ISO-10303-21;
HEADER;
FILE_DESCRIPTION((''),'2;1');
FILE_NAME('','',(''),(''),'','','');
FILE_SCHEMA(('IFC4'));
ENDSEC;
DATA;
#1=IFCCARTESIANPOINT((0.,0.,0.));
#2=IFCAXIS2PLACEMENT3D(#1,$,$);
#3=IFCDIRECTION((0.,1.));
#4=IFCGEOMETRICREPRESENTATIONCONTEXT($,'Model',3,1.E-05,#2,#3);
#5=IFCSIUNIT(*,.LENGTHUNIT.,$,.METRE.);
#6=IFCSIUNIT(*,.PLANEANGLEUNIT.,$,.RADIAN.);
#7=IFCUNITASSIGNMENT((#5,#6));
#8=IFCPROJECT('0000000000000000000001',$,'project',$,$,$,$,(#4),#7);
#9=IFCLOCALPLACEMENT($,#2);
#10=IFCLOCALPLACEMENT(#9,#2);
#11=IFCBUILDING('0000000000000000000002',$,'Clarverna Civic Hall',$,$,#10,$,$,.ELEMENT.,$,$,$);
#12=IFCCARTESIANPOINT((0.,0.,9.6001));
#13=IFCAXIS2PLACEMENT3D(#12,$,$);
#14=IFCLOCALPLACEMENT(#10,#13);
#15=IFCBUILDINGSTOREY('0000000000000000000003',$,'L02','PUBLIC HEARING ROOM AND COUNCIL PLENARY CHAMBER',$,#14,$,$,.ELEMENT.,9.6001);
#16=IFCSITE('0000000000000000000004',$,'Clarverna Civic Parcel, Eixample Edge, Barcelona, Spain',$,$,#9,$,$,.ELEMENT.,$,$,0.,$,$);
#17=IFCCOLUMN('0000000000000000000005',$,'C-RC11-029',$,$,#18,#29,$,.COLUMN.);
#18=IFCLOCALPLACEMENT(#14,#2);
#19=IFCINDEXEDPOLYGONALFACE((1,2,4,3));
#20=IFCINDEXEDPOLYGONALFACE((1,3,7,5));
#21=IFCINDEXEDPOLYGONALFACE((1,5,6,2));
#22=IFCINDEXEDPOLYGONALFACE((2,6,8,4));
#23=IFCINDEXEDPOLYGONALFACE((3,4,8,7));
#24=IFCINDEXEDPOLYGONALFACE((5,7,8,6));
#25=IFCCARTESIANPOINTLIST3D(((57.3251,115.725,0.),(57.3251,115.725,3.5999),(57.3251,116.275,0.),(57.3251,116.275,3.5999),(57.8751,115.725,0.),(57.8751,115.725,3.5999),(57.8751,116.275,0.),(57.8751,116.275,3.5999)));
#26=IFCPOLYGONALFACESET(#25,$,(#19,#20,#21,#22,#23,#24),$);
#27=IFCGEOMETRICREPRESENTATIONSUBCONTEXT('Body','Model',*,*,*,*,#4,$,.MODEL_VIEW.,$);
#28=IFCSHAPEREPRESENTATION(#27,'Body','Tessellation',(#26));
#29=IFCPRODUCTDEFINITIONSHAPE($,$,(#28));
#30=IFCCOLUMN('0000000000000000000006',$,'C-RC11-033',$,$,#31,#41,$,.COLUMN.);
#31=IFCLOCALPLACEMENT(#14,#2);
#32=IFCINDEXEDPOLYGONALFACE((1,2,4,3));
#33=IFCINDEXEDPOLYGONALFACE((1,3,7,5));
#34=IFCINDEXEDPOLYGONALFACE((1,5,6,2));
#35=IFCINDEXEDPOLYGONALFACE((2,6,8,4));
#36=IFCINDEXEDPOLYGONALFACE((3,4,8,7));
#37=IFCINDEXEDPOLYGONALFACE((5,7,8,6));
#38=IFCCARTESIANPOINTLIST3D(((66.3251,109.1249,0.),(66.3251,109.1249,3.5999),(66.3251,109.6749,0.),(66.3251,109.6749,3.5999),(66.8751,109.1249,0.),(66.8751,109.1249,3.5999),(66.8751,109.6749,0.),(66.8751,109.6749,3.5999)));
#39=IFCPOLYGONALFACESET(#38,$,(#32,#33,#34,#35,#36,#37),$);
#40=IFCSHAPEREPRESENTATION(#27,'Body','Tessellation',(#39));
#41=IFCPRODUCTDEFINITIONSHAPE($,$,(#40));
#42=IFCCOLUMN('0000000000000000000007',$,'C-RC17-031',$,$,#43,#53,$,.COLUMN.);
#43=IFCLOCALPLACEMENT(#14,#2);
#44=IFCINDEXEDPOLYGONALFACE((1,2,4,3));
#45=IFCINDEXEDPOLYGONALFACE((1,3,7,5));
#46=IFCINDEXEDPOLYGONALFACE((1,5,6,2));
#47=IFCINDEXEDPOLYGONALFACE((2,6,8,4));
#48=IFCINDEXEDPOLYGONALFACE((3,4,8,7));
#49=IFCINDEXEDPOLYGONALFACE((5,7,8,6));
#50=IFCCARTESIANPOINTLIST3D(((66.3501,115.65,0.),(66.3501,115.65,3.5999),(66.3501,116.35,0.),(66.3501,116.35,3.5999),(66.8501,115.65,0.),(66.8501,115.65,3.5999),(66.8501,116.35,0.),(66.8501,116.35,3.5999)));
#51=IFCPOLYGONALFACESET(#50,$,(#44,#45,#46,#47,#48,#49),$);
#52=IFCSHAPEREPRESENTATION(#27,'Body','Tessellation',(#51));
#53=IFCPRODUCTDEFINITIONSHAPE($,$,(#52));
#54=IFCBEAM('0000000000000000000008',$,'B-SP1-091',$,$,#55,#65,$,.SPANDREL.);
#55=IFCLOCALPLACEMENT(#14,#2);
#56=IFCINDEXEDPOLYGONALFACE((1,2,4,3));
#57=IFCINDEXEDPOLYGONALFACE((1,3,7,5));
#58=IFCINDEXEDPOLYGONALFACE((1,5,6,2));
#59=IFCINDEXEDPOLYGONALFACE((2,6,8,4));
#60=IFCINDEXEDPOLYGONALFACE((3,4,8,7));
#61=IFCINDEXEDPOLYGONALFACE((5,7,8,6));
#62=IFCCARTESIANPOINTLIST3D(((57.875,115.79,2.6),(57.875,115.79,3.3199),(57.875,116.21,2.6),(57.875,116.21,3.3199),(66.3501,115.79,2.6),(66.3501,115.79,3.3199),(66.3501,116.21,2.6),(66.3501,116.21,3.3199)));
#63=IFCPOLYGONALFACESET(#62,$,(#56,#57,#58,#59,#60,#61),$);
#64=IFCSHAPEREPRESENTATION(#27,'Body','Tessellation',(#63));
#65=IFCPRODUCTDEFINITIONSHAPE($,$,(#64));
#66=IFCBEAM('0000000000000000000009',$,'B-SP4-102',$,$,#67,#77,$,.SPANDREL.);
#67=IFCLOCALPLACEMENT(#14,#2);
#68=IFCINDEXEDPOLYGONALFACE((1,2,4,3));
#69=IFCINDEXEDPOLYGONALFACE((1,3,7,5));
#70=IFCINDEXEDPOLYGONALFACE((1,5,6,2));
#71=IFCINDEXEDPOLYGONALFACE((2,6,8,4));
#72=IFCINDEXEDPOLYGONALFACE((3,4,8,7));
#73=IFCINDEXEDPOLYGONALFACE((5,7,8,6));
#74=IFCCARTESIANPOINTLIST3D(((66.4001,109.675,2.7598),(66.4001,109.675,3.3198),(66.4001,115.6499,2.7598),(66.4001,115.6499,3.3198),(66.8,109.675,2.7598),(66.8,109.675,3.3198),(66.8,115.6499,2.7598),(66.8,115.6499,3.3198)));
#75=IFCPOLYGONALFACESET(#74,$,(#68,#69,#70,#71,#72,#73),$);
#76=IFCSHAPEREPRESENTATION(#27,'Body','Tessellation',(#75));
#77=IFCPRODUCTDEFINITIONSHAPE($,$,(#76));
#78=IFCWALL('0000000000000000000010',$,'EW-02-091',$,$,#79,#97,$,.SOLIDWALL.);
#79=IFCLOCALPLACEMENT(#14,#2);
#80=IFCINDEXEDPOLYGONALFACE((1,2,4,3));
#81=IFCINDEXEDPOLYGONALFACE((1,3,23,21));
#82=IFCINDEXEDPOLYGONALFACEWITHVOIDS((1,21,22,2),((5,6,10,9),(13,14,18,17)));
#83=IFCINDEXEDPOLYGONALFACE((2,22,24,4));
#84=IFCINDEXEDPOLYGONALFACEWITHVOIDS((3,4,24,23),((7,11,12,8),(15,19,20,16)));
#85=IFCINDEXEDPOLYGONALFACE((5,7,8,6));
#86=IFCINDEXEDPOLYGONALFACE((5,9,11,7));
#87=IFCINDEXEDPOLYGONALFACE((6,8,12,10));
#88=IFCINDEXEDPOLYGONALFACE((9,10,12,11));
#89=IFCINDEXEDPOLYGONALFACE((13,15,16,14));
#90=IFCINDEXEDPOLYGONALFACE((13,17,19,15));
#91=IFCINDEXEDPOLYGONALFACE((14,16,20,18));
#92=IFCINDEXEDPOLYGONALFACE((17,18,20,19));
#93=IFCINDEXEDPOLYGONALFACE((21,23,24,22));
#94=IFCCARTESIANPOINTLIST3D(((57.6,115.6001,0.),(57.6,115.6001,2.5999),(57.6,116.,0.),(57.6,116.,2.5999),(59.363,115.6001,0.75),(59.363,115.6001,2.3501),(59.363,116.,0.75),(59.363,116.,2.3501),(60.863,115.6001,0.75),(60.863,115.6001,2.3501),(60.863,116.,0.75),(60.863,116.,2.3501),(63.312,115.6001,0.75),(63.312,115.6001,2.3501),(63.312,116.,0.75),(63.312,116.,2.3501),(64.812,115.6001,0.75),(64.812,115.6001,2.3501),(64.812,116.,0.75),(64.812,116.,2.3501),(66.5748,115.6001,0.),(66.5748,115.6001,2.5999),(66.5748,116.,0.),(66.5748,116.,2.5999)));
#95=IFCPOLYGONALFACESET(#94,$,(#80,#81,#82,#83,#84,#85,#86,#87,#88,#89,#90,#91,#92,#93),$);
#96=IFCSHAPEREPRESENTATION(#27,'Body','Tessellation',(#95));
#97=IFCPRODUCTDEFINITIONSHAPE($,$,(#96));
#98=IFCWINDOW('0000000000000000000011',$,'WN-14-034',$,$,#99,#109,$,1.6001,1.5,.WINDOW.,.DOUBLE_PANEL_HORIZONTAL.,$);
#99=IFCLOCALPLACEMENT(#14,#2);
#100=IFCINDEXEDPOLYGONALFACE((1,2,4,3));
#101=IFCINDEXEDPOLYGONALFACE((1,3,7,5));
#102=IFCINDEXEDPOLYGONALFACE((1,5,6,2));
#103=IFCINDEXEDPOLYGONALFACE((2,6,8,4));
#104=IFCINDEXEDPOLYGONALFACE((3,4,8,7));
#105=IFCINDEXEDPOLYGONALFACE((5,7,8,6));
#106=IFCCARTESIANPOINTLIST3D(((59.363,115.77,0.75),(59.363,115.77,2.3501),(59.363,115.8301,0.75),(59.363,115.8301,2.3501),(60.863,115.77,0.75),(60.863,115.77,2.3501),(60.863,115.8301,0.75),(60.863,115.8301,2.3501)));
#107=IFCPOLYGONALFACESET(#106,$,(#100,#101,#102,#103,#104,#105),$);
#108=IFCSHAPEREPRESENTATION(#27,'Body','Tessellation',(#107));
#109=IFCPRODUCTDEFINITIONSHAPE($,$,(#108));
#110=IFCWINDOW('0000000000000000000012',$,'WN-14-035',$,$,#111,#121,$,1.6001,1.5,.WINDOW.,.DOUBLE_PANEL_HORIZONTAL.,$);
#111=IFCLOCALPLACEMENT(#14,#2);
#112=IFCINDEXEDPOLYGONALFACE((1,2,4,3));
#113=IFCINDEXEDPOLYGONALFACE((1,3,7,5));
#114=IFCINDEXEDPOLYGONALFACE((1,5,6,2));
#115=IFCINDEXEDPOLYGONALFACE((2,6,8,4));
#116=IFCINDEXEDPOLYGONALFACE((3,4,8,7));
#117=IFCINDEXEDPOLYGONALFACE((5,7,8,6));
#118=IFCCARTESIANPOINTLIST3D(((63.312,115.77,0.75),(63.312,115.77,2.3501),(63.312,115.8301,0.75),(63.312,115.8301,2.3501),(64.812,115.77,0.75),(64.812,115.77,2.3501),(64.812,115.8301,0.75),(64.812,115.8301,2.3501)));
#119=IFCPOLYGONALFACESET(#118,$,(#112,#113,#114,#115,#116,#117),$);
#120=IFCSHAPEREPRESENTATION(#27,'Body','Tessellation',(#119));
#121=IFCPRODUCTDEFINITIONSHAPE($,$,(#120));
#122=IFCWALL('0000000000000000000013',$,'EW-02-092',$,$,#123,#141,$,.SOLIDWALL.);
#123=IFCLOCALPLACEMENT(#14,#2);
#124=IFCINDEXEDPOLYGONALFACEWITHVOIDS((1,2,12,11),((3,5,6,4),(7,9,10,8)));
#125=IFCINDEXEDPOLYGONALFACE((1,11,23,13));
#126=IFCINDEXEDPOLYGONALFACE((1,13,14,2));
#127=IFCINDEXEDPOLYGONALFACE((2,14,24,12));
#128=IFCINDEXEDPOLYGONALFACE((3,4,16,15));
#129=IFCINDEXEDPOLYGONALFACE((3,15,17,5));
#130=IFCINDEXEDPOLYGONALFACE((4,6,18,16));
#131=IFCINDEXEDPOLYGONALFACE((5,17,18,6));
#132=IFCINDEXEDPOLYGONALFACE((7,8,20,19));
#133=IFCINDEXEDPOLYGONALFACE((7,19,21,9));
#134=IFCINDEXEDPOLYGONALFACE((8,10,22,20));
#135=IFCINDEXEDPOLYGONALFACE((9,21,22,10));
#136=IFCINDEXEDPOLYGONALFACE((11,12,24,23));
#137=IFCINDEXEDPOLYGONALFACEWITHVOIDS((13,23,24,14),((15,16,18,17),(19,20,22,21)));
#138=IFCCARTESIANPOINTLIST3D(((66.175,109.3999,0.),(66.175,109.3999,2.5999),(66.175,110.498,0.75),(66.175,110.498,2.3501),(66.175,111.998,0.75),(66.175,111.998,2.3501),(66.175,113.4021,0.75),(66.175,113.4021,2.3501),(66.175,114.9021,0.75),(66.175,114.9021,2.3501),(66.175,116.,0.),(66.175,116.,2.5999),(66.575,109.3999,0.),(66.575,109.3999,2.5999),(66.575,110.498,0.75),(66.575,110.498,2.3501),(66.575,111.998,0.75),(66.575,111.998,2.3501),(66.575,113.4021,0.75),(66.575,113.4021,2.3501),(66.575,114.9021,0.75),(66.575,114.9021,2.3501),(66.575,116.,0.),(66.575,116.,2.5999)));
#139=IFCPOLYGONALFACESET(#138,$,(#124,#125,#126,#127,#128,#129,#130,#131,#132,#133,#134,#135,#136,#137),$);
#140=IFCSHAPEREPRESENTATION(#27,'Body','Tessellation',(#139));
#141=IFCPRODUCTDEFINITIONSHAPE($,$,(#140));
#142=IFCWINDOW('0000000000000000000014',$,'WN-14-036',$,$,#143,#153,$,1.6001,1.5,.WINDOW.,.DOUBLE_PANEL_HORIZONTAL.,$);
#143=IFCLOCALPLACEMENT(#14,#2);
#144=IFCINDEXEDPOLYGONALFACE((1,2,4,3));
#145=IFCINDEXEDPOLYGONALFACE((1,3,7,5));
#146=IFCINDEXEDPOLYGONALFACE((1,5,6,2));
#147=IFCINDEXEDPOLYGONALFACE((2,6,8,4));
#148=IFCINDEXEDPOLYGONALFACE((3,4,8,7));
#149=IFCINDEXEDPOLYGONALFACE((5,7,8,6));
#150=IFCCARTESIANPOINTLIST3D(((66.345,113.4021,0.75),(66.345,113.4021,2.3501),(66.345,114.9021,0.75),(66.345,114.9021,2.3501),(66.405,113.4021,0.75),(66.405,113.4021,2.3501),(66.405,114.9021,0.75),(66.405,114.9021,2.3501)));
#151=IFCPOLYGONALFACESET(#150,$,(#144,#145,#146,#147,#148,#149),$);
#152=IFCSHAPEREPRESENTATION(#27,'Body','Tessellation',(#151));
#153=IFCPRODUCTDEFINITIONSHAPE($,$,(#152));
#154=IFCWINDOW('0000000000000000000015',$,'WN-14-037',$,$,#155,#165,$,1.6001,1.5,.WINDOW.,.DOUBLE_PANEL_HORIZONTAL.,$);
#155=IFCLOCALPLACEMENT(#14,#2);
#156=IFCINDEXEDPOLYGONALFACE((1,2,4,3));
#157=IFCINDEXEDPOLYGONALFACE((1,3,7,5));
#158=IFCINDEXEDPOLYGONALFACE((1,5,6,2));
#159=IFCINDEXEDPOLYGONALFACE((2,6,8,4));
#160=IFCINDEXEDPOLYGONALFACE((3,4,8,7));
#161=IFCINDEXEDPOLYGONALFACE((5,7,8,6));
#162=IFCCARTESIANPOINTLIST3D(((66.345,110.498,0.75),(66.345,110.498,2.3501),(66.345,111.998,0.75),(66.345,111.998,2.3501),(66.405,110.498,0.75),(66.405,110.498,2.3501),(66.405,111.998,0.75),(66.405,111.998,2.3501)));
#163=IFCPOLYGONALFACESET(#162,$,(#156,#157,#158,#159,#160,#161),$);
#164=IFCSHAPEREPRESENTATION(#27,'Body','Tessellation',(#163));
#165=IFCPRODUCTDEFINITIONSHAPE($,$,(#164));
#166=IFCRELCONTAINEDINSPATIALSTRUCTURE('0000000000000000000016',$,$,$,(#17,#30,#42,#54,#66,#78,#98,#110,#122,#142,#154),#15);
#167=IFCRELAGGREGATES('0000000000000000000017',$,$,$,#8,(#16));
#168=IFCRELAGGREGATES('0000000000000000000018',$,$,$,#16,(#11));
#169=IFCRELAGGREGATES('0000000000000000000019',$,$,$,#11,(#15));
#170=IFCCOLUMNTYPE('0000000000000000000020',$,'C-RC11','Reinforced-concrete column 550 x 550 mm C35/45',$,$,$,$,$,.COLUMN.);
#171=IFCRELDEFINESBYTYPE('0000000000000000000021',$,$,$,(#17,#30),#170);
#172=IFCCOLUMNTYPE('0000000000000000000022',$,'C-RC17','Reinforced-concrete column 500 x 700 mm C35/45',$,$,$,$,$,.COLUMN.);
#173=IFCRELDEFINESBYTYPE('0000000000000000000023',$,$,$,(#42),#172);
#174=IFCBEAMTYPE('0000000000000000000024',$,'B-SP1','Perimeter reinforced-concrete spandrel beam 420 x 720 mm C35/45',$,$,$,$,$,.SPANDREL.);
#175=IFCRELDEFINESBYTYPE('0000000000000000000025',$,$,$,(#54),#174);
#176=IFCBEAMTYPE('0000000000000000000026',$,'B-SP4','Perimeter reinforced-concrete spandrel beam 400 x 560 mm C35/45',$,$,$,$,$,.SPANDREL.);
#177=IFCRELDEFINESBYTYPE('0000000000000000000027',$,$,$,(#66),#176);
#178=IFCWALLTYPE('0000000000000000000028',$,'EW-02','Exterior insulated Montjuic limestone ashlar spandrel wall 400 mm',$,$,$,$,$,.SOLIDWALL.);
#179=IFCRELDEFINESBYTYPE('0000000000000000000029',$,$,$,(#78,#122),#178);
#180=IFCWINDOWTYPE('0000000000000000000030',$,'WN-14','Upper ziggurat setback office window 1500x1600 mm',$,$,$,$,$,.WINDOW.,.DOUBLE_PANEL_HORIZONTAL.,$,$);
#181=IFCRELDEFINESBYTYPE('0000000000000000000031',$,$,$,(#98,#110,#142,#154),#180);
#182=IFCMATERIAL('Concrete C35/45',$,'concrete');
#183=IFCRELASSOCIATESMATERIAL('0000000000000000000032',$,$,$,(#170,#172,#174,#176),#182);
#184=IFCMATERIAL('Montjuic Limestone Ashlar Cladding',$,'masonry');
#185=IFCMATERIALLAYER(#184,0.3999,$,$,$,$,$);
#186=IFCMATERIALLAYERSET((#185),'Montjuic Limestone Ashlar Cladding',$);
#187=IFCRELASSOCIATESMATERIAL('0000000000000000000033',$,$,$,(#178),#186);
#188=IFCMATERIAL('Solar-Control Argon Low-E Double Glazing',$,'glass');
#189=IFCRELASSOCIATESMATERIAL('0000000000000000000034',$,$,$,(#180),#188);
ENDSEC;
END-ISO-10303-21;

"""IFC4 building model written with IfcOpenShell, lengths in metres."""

from ifc_helpers import new_model, si_unit, direction, frame, frame_2d, origin, origin_2d, place, context, subcontext, project, spatial, rectangle, extrude, material, layer, layer_set, material_profile, profile_set, type_object, element, fill, save


model = new_model("IFC4")

# Units and contexts
model_context = context("Model", 3, precision=1e-05, world=origin(), true_north=direction((0.0, 1.0)))
body_context = subcontext(model_context, "Body", "Model", "MODEL_VIEW")
ifc_project = project(units=[si_unit("LENGTHUNIT", "METRE"), si_unit("PLANEANGLEUNIT", "RADIAN")], contexts=[model_context])

# Site, building, storey
site_placement = place(None, origin())
site = spatial("IfcSite", under=ifc_project, at=site_placement, Name="Clarverna Civic Parcel, Eixample Edge, Barcelona, Spain", CompositionType="ELEMENT", RefElevation=0.0)
building_placement = place(site_placement, origin())
building = spatial("IfcBuilding", under=site, at=building_placement, Name="Clarverna Civic Hall", CompositionType="ELEMENT")
storey_placement = place(building_placement, frame((0.0, 0.0, 9.6001)))
storey = spatial("IfcBuildingStorey", under=building, at=storey_placement, Name="L02", Description="PUBLIC HEARING ROOM AND COUNCIL PLENARY CHAMBER", CompositionType="ELEMENT", Elevation=9.6001)

# Columns
ifc_material_1 = material(Name="Concrete C35/45", Category="concrete")
ifc_material_profile_1 = material_profile(ifc_material_1, rectangle(XDim=0.55, YDim=0.55, at=origin_2d()), Name="RC 550x550")
ifc_profile_set_1 = profile_set([ifc_material_profile_1], Name="Concrete C35/45")
column_type_1 = type_object("IfcColumnType", Name="C-RC11", Description="Reinforced-concrete column 550 x 550 mm C35/45", PredefinedType="COLUMN", material=ifc_profile_set_1)
for number, where, z_axis, x_axis, name in (
    (1, (57.6001, 116.0, 0.0), (0.0, 0.0, 1.0), (1.0, 0.0, 0.0), "C-RC11-029"),
    (2, (66.6001, 109.3999, 0.0), (0.0, 0.0, 1.0), (1.0, 0.0, 0.0), "C-RC11-033"),
):
    element("IfcColumn", number, at=place(storey_placement, frame(where, z_axis=z_axis, x_axis=x_axis)), inside=storey, type_object=column_type_1, Name=name, PredefinedType="COLUMN", context=body_context, shape_type="SweptSolid", body=[
        extrude(rectangle(XDim=0.55, YDim=0.55, at=origin_2d()), origin(), (0.0, 0.0, 1.0), 3.5999),
    ])
ifc_material_profile_2 = material_profile(ifc_material_1, rectangle(XDim=0.5, YDim=0.7, at=origin_2d()), Name="RC 500x700")
ifc_profile_set_2 = profile_set([ifc_material_profile_2], Name="Concrete C35/45")
column_type_2 = type_object("IfcColumnType", Name="C-RC17", Description="Reinforced-concrete column 500 x 700 mm C35/45", PredefinedType="COLUMN", material=ifc_profile_set_2)
column_placement = place(storey_placement, frame((66.6001, 116.0, 0.0), z_axis=(0.0, 0.0, 1.0), x_axis=(1.0, 0.0, 0.0)))
element("IfcColumn", 3, at=column_placement, inside=storey, type_object=column_type_2, Name="C-RC17-031", PredefinedType="COLUMN", context=body_context, shape_type="SweptSolid", body=[
    extrude(rectangle(XDim=0.5, YDim=0.7, at=origin_2d()), origin(), (0.0, 0.0, 1.0), 3.5999),
])

# Beams
ifc_material_profile_3 = material_profile(ifc_material_1, rectangle(XDim=0.4199, YDim=0.72, at=origin_2d()), Name="RC 420x720")
ifc_profile_set_3 = profile_set([ifc_material_profile_3], Name="Concrete C35/45")
beam_type_1 = type_object("IfcBeamType", Name="B-SP1", Description="Perimeter reinforced-concrete spandrel beam 420 x 720 mm C35/45", PredefinedType="SPANDREL", material=ifc_profile_set_3)
beam_1_placement = place(storey_placement, frame((57.875, 116.0, 2.96), z_axis=(1.0, 0.0, 0.0), x_axis=(0.0, 1.0, 0.0)))
element("IfcBeam", 4, at=beam_1_placement, inside=storey, type_object=beam_type_1, Name="B-SP1-091", PredefinedType="SPANDREL", context=body_context, shape_type="SweptSolid", body=[
    extrude(rectangle(XDim=0.4199, YDim=0.72, at=origin_2d()), origin(), (0.0, 0.0, 1.0), 8.4751),
])
ifc_material_profile_4 = material_profile(ifc_material_1, rectangle(XDim=0.3999, YDim=0.5601, at=origin_2d()), Name="RC 400x560")
ifc_profile_set_4 = profile_set([ifc_material_profile_4], Name="Concrete C35/45")
beam_type_2 = type_object("IfcBeamType", Name="B-SP4", Description="Perimeter reinforced-concrete spandrel beam 400 x 560 mm C35/45", PredefinedType="SPANDREL", material=ifc_profile_set_4)
beam_2_placement = place(storey_placement, frame((66.6001, 109.675, 3.0398), z_axis=(0.0, 1.0, 0.0), x_axis=(-1.0, 0.0, 0.0)))
element("IfcBeam", 5, at=beam_2_placement, inside=storey, type_object=beam_type_2, Name="B-SP4-102", PredefinedType="SPANDREL", context=body_context, shape_type="SweptSolid", body=[
    extrude(rectangle(XDim=0.3999, YDim=0.5601, at=origin_2d()), origin(), (0.0, 0.0, 1.0), 5.9749),
])

# Walls, openings, windows
ifc_material_2 = material(Name="Montjuic Limestone Ashlar Cladding", Category="masonry")
ifc_layer_1 = layer(ifc_material_2, 0.3999)
ifc_layer_set_1 = layer_set([ifc_layer_1], Name="Montjuic Limestone Ashlar Cladding")
wall_type_1 = type_object("IfcWallType", Name="EW-02", Description="Exterior insulated Montjuic limestone ashlar spandrel wall 400 mm", PredefinedType="SOLIDWALL", material=ifc_layer_set_1)
wall_1_placement = place(storey_placement, frame((57.6001, 115.8, 0.0), z_axis=(0.0, 0.0, 1.0), x_axis=(1.0, 0.0, 0.0)))
wall_1 = element("IfcWall", 6, at=wall_1_placement, inside=storey, type_object=wall_type_1, Name="EW-02-091", PredefinedType="SOLIDWALL", context=body_context, shape_type="SweptSolid", body=[
    extrude(rectangle(XDim=8.9749, YDim=0.3999, at=frame_2d((4.4873, 0.0))), origin(), (0.0, 0.0, 1.0), 2.5999),
])
opening_1_placement = place(wall_1_placement, frame((1.7629, 0.0, 0.75)))
opening_1 = element("IfcOpeningElement", 7, at=opening_1_placement, cuts=wall_1, PredefinedType="OPENING", context=body_context, shape_type="SweptSolid", body=[
    extrude(rectangle(XDim=1.5, YDim=1.6001, at=frame_2d((0.75, 0.8))), frame((0.0, 0.21, 0.0), z_axis=(0.0, -1.0, 0.0), x_axis=(1.0, 0.0, 0.0)), (0.0, 0.0, 1.0), 0.4199),
])
opening_2_placement = place(wall_1_placement, frame((5.7119, 0.0, 0.75)))
opening_2 = element("IfcOpeningElement", 8, at=opening_2_placement, cuts=wall_1, PredefinedType="OPENING", context=body_context, shape_type="SweptSolid", body=[
    extrude(rectangle(XDim=1.5, YDim=1.6001, at=frame_2d((0.75, 0.8))), frame((0.0, 0.21, 0.0), z_axis=(0.0, -1.0, 0.0), x_axis=(1.0, 0.0, 0.0)), (0.0, 0.0, 1.0), 0.4199),
])
ifc_material_3 = material(Name="Solar-Control Argon Low-E Double Glazing", Category="glass")
window_type = type_object("IfcWindowType", Name="WN-14", Description="Upper ziggurat setback office window 1500x1600 mm", PartitioningType="DOUBLE_PANEL_HORIZONTAL", PredefinedType="WINDOW", material=ifc_material_3)
window_1_placement = place(opening_1_placement, origin())
window_1 = element("IfcWindow", 9, at=window_1_placement, inside=storey, type_object=window_type, Name="WN-14-034", OverallHeight=1.6001, OverallWidth=1.5, PartitioningType="DOUBLE_PANEL_HORIZONTAL", PredefinedType="WINDOW", context=body_context, shape_type="SweptSolid", body=[
    extrude(rectangle(XDim=1.5, YDim=1.6001, at=frame_2d((0.75, 0.8))), frame((0.0, 0.03, 0.0), z_axis=(0.0, -1.0, 0.0), x_axis=(1.0, 0.0, 0.0)), (0.0, 0.0, 1.0), 0.0601),
])
fill(opening_1, window_1)
window_2_placement = place(opening_2_placement, origin())
window_2 = element("IfcWindow", 10, at=window_2_placement, inside=storey, type_object=window_type, Name="WN-14-035", OverallHeight=1.6001, OverallWidth=1.5, PartitioningType="DOUBLE_PANEL_HORIZONTAL", PredefinedType="WINDOW", context=body_context, shape_type="SweptSolid", body=[
    extrude(rectangle(XDim=1.5, YDim=1.6001, at=frame_2d((0.75, 0.8))), frame((0.0, 0.03, 0.0), z_axis=(0.0, -1.0, 0.0), x_axis=(1.0, 0.0, 0.0)), (0.0, 0.0, 1.0), 0.0601),
])
fill(opening_2, window_2)
wall_2_placement = place(storey_placement, frame((66.375, 116.0, 0.0), z_axis=(0.0, 0.0, 1.0), x_axis=(0.0, -1.0, 0.0)))
wall_2 = element("IfcWall", 11, at=wall_2_placement, inside=storey, type_object=wall_type_1, Name="EW-02-092", PredefinedType="SOLIDWALL", context=body_context, shape_type="SweptSolid", body=[
    extrude(rectangle(XDim=6.6001, YDim=0.3999, at=frame_2d((3.3, 0.0))), origin(), (0.0, 0.0, 1.0), 2.5999),
])
opening_3_placement = place(wall_2_placement, frame((1.0979, 0.0, 0.75)))
opening_3 = element("IfcOpeningElement", 12, at=opening_3_placement, cuts=wall_2, PredefinedType="OPENING", context=body_context, shape_type="SweptSolid", body=[
    extrude(rectangle(XDim=1.5, YDim=1.6001, at=frame_2d((0.75, 0.8))), frame((0.0, 0.21, 0.0), z_axis=(0.0, -1.0, 0.0), x_axis=(1.0, 0.0, 0.0)), (0.0, 0.0, 1.0), 0.4199),
])
opening_4_placement = place(wall_2_placement, frame((4.002, 0.0, 0.75)))
opening_4 = element("IfcOpeningElement", 13, at=opening_4_placement, cuts=wall_2, PredefinedType="OPENING", context=body_context, shape_type="SweptSolid", body=[
    extrude(rectangle(XDim=1.5, YDim=1.6001, at=frame_2d((0.75, 0.8))), frame((0.0, 0.21, 0.0), z_axis=(0.0, -1.0, 0.0), x_axis=(1.0, 0.0, 0.0)), (0.0, 0.0, 1.0), 0.4199),
])
window_3_placement = place(opening_3_placement, origin())
window_3 = element("IfcWindow", 14, at=window_3_placement, inside=storey, type_object=window_type, Name="WN-14-036", OverallHeight=1.6001, OverallWidth=1.5, PartitioningType="DOUBLE_PANEL_HORIZONTAL", PredefinedType="WINDOW", context=body_context, shape_type="SweptSolid", body=[
    extrude(rectangle(XDim=1.5, YDim=1.6001, at=frame_2d((0.75, 0.8))), frame((0.0, 0.03, 0.0), z_axis=(0.0, -1.0, 0.0), x_axis=(1.0, 0.0, 0.0)), (0.0, 0.0, 1.0), 0.0601),
])
fill(opening_3, window_3)
window_4_placement = place(opening_4_placement, origin())
window_4 = element("IfcWindow", 15, at=window_4_placement, inside=storey, type_object=window_type, Name="WN-14-037", OverallHeight=1.6001, OverallWidth=1.5, PartitioningType="DOUBLE_PANEL_HORIZONTAL", PredefinedType="WINDOW", context=body_context, shape_type="SweptSolid", body=[
    extrude(rectangle(XDim=1.5, YDim=1.6001, at=frame_2d((0.75, 0.8))), frame((0.0, 0.03, 0.0), z_axis=(0.0, -1.0, 0.0), x_axis=(1.0, 0.0, 0.0)), (0.0, 0.0, 1.0), 0.0601),
])
fill(opening_4, window_4)

save(model, "model.ifc")
